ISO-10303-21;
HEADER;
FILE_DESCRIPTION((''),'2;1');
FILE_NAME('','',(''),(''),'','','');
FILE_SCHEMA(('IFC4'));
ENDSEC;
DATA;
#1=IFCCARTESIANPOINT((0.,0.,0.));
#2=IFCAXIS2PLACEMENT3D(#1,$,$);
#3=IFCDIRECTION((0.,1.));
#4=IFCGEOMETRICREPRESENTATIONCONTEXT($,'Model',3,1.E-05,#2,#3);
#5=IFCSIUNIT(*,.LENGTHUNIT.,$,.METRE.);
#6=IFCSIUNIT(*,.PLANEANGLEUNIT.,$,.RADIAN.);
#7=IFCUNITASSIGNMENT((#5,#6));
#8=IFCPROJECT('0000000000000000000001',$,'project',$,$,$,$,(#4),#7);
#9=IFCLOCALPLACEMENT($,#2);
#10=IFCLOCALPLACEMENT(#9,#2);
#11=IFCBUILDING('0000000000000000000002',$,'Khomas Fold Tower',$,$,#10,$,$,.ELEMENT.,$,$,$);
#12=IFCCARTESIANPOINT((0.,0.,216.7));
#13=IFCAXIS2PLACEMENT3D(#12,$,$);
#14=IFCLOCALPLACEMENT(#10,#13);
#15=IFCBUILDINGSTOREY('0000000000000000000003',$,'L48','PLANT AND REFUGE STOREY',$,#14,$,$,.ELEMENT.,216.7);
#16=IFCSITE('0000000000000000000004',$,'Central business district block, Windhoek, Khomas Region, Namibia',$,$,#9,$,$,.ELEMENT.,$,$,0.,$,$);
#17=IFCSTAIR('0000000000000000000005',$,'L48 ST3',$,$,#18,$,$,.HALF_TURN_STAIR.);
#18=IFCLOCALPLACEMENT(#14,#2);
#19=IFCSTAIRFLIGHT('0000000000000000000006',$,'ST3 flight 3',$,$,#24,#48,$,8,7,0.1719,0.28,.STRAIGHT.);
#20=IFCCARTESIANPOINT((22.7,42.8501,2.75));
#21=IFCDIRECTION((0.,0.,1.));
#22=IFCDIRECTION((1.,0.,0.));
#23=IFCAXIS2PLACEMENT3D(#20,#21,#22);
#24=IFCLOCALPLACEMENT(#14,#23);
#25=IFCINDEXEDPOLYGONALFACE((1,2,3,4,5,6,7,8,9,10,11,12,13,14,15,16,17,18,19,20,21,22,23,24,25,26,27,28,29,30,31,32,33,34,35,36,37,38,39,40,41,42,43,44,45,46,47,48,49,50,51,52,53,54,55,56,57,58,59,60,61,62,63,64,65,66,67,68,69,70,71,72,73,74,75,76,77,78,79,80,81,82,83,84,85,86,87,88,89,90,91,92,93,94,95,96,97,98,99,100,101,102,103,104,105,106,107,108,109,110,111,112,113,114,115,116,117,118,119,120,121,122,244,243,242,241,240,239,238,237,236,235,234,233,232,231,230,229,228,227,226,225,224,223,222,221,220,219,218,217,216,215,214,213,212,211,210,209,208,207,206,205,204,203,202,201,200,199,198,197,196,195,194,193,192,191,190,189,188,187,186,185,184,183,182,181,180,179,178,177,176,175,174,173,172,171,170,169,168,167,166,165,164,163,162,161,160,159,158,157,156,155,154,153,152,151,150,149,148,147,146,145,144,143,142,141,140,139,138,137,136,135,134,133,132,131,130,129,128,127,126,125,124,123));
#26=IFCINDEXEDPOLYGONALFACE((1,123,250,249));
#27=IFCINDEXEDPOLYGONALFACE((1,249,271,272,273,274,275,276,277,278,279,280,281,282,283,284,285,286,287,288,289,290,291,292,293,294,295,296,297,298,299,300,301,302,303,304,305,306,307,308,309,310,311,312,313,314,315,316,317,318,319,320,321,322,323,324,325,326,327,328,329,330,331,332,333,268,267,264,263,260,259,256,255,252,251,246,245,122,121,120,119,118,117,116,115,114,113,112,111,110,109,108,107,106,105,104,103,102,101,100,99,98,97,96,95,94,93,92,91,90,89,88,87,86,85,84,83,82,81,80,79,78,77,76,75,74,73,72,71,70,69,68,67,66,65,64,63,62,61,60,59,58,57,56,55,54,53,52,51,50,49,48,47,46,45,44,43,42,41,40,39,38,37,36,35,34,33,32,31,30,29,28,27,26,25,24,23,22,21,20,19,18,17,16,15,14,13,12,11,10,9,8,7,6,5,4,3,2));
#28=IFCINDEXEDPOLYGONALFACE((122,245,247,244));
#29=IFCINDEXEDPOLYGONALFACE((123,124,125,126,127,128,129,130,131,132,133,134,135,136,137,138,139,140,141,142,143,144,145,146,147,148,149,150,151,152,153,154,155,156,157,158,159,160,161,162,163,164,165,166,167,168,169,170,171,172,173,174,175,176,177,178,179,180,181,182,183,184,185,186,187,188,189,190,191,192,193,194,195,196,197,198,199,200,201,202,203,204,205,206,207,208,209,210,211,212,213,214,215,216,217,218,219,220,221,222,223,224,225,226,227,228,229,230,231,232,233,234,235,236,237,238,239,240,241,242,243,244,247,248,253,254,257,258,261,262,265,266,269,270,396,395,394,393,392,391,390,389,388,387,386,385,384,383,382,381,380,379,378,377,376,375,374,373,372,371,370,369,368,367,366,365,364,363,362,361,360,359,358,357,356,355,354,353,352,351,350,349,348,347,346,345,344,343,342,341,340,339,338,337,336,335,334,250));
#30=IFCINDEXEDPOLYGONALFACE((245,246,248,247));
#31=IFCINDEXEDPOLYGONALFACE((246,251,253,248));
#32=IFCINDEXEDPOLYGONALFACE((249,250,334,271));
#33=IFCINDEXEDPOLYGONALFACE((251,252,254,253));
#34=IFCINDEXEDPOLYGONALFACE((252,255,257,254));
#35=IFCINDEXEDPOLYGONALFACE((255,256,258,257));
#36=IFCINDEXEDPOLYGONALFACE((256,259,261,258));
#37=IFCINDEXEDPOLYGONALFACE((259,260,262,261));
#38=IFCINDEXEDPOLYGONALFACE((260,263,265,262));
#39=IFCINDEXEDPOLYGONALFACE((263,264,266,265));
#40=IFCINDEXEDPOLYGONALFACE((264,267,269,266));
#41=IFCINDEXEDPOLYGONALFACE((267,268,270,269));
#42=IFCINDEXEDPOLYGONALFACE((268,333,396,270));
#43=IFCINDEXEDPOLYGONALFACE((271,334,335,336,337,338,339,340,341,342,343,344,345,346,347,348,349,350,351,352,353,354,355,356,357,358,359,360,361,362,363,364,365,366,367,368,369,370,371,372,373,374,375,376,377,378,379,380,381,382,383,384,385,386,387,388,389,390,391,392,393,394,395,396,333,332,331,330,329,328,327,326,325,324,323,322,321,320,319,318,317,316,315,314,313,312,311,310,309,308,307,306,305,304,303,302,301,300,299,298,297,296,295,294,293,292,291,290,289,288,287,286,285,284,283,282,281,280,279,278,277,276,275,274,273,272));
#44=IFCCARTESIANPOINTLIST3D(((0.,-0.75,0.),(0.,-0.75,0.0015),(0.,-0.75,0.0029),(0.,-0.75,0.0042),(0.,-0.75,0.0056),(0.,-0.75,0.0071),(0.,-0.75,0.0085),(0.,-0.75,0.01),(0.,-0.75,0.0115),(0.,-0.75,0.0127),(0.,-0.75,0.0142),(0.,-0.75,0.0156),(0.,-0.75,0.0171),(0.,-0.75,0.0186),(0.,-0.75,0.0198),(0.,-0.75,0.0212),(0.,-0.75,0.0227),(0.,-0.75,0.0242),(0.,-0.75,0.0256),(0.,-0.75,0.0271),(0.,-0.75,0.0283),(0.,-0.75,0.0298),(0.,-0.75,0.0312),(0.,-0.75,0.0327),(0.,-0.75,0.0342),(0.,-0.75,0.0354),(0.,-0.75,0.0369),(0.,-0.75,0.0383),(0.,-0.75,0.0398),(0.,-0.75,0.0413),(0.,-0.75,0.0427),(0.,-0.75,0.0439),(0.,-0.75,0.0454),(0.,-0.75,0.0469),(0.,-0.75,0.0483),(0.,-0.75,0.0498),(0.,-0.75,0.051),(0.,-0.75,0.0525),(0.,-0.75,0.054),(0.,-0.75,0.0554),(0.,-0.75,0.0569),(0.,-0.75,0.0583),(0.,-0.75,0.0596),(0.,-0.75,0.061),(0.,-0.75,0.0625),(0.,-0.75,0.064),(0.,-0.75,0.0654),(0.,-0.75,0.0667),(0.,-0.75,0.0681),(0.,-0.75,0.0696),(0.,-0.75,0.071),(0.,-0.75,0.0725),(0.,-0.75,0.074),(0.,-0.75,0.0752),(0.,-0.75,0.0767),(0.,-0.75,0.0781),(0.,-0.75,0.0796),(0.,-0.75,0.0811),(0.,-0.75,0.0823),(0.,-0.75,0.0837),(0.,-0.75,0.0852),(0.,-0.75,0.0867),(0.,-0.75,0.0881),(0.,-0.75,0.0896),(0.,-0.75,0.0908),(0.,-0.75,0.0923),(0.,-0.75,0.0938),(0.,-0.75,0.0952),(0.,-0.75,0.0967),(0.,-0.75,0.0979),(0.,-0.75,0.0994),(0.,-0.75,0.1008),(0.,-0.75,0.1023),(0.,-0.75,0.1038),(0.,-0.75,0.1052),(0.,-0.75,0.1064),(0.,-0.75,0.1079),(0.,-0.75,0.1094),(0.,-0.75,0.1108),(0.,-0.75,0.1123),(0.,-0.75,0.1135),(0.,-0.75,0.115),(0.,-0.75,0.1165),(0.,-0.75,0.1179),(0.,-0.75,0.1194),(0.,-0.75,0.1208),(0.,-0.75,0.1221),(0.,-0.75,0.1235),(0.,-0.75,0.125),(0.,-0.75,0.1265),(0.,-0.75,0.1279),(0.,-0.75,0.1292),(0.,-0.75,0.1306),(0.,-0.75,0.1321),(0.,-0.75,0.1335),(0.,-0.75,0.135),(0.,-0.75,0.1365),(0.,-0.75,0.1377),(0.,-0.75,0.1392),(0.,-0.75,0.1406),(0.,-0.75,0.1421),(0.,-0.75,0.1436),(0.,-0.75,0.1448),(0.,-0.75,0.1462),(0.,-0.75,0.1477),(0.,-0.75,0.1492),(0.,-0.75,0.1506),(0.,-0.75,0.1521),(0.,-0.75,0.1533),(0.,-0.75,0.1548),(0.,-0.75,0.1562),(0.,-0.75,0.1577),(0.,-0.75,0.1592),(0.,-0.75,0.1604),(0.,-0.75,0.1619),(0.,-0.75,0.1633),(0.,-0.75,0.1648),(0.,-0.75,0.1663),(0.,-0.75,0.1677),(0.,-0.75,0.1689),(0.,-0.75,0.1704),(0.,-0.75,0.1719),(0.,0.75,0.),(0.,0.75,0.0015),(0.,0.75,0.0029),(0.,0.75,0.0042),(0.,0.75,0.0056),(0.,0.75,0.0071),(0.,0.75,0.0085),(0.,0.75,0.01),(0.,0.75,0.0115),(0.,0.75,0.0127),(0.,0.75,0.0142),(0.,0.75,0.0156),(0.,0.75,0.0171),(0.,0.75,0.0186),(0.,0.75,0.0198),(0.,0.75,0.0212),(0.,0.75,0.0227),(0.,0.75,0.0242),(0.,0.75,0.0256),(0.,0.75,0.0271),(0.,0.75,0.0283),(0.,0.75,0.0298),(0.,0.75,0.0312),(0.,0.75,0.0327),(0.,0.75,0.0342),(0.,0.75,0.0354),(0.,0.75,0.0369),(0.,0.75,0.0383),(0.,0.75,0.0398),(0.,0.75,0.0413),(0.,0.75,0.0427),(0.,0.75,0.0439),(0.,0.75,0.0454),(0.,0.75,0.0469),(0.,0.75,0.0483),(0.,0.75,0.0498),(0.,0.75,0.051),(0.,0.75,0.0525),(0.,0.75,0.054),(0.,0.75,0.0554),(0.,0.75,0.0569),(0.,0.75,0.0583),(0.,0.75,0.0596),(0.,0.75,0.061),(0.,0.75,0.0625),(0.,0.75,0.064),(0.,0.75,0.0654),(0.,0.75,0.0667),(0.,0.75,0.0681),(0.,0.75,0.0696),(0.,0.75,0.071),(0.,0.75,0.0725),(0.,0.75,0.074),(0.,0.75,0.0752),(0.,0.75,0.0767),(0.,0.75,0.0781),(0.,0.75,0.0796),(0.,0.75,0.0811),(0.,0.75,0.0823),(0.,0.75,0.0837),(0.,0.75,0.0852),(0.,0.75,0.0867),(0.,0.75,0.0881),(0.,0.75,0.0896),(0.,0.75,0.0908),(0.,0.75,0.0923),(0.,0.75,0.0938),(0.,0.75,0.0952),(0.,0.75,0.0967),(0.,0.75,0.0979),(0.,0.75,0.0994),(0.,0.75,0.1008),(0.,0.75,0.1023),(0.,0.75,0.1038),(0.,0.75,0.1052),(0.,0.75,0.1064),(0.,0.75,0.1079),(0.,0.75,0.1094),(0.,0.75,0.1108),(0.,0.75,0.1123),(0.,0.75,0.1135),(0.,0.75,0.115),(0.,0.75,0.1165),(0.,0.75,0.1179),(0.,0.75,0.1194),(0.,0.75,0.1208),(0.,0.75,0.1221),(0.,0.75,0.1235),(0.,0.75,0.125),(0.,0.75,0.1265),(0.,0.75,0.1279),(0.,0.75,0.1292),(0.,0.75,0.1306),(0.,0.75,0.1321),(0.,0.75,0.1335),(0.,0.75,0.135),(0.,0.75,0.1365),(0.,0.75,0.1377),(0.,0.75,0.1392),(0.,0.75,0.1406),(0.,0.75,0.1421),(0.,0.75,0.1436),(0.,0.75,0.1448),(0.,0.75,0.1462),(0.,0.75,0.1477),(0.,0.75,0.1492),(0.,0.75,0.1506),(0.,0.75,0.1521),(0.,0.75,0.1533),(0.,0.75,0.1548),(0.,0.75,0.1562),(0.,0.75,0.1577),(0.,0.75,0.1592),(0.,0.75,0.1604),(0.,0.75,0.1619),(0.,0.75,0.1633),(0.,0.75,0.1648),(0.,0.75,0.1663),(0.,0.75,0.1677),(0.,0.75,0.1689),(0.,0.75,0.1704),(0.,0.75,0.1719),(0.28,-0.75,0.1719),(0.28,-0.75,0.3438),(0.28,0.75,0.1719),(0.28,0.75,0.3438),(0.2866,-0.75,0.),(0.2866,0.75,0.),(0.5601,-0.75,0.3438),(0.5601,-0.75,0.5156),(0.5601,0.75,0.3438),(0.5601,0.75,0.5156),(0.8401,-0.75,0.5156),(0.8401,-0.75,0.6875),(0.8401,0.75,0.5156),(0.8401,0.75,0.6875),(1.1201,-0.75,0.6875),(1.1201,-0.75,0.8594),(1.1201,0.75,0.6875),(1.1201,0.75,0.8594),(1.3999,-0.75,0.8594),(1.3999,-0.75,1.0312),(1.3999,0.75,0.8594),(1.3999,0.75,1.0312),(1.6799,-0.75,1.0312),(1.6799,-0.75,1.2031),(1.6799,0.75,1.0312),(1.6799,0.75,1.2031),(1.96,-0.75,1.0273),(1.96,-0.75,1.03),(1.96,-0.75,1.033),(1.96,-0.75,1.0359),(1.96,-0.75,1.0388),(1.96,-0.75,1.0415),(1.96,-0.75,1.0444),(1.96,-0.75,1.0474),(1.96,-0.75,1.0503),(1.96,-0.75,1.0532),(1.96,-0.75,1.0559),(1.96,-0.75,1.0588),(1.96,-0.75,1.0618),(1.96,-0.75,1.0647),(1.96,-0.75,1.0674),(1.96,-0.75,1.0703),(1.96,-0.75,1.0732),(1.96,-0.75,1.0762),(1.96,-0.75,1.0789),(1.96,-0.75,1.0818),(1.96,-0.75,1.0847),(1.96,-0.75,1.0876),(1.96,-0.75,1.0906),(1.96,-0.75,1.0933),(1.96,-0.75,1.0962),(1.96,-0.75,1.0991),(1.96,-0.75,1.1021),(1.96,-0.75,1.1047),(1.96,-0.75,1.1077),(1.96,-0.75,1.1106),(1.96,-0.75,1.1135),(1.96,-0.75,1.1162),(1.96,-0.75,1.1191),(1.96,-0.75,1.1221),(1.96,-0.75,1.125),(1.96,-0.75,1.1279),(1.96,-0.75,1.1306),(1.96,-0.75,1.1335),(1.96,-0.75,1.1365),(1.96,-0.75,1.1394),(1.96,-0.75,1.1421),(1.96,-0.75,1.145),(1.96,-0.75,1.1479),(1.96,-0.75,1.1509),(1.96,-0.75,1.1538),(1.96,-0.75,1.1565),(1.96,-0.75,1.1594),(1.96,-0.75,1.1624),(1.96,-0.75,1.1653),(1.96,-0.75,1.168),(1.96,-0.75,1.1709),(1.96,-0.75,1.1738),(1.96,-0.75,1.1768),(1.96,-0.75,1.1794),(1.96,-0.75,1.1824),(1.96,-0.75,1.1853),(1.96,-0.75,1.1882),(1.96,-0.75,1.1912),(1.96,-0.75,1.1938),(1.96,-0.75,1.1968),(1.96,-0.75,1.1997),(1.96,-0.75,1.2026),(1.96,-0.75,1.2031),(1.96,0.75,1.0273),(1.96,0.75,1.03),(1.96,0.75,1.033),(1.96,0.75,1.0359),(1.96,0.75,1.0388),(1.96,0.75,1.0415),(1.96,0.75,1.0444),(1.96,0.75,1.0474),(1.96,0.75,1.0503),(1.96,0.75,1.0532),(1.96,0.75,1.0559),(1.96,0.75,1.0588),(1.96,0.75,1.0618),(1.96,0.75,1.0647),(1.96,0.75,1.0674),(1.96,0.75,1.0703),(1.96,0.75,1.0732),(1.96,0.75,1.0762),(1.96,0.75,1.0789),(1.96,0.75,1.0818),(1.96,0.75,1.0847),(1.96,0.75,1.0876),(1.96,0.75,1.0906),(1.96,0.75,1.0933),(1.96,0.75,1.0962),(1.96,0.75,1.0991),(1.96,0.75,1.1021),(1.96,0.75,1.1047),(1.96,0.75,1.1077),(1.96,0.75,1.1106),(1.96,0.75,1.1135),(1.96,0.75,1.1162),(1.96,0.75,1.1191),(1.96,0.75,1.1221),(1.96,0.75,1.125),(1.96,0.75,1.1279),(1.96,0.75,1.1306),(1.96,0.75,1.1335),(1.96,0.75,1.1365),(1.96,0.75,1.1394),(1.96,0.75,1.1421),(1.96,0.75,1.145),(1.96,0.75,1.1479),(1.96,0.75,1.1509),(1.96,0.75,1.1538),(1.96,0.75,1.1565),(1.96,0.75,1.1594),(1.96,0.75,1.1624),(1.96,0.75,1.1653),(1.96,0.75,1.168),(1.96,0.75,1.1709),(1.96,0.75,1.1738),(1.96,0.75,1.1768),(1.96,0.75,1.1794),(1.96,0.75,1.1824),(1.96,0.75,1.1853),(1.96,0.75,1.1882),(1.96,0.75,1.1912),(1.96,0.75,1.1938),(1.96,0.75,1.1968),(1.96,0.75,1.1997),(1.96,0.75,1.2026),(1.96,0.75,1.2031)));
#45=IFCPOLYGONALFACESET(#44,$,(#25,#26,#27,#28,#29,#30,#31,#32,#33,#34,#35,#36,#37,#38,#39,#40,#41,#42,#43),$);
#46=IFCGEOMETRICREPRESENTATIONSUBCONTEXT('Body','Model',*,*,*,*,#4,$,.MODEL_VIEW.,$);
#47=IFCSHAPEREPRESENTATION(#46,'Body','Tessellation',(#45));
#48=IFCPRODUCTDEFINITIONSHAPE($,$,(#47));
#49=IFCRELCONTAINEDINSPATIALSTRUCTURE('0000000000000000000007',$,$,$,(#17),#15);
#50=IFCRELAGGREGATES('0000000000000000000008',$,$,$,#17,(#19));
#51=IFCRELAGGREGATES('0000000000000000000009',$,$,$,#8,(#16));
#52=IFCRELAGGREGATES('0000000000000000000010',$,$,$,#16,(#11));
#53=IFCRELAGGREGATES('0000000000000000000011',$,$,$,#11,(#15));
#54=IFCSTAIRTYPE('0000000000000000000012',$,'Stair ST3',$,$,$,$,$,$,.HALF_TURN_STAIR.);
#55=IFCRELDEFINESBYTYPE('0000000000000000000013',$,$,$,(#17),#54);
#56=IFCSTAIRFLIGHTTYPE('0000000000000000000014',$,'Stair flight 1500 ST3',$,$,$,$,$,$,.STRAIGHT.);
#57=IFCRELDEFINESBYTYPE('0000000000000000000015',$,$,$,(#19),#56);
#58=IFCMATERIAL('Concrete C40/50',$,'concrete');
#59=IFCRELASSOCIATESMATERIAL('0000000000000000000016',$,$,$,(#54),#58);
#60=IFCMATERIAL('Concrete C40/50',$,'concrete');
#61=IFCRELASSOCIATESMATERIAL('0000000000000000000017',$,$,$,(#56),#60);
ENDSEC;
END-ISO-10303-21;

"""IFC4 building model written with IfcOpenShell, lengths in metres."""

from ifc_helpers import new_model, si_unit, direction, frame, origin, place, context, subcontext, project, spatial, polyline, outline, extrude, source, transform, mapped, material, type_object, element, aggregate, save


model = new_model("IFC4")

# Units and contexts
model_context = context("Model", 3, precision=1e-05, world=origin(), true_north=direction((0.0, 1.0)))
body_context = subcontext(model_context, "Body", "Model", "MODEL_VIEW")
ifc_project = project(units=[si_unit("LENGTHUNIT", "METRE"), si_unit("PLANEANGLEUNIT", "RADIAN")], contexts=[model_context])

# Site, building, storey
site_placement = place(None, origin())
site = spatial("IfcSite", under=ifc_project, at=site_placement, Name="Central business district block, Windhoek, Khomas Region, Namibia", CompositionType="ELEMENT", RefElevation=0.0)
building_placement = place(site_placement, origin())
building = spatial("IfcBuilding", under=site, at=building_placement, Name="Khomas Fold Tower", CompositionType="ELEMENT")
storey_placement = place(building_placement, frame((0.0, 0.0, 216.7)))
storey = spatial("IfcBuildingStorey", under=building, at=storey_placement, Name="L48", Description="PLANT AND REFUGE STOREY", CompositionType="ELEMENT", Elevation=216.7)

# Stair, stair flight
shared_shape_1 = source(origin(), body_context, "Body", "SweptSolid", [
    extrude(outline(polyline([(0.0, 0.0), (0.0, 0.0015), (0.0, 0.0029), (0.0, 0.0042), (0.0, 0.0056), (0.0, 0.0071), (0.0, 0.0085), (0.0, 0.01), (0.0, 0.0115), (0.0, 0.0127), (0.0, 0.0142), (0.0, 0.0156), (0.0, 0.0171), (0.0, 0.0186), (0.0, 0.0198), (0.0, 0.0212), (0.0, 0.0227), (0.0, 0.0242), (0.0, 0.0256), (0.0, 0.0271), (0.0, 0.0283), (0.0, 0.0298), (0.0, 0.0312), (0.0, 0.0327), (0.0, 0.0342), (0.0, 0.0354), (0.0, 0.0369), (0.0, 0.0383), (0.0, 0.0398), (0.0, 0.0413), (0.0, 0.0427), (0.0, 0.0439), (0.0, 0.0454), (0.0, 0.0469), (0.0, 0.0483), (0.0, 0.0498), (0.0, 0.051), (0.0, 0.0525), (0.0, 0.054), (0.0, 0.0554), (0.0, 0.0569), (0.0, 0.0583), (0.0, 0.0596), (0.0, 0.061), (0.0, 0.0625), (0.0, 0.064), (0.0, 0.0654), (0.0, 0.0667), (0.0, 0.0681), (0.0, 0.0696), (0.0, 0.071), (0.0, 0.0725), (0.0, 0.074), (0.0, 0.0752), (0.0, 0.0767), (0.0, 0.0781), (0.0, 0.0796), (0.0, 0.0811), (0.0, 0.0823), (0.0, 0.0837), (0.0, 0.0852), (0.0, 0.0867), (0.0, 0.0881), (0.0, 0.0896), (0.0, 0.0908), (0.0, 0.0923), (0.0, 0.0938), (0.0, 0.0952), (0.0, 0.0967), (0.0, 0.0979), (0.0, 0.0994), (0.0, 0.1008), (0.0, 0.1023), (0.0, 0.1038), (0.0, 0.1052), (0.0, 0.1064), (0.0, 0.1079), (0.0, 0.1094), (0.0, 0.1108), (0.0, 0.1123), (0.0, 0.1135), (0.0, 0.115), (0.0, 0.1165), (0.0, 0.1179), (0.0, 0.1194), (0.0, 0.1208), (0.0, 0.1221), (0.0, 0.1235), (0.0, 0.125), (0.0, 0.1265), (0.0, 0.1279), (0.0, 0.1292), (0.0, 0.1306), (0.0, 0.1321), (0.0, 0.1335), (0.0, 0.135), (0.0, 0.1365), (0.0, 0.1377), (0.0, 0.1392), (0.0, 0.1406), (0.0, 0.1421), (0.0, 0.1436), (0.0, 0.1448), (0.0, 0.1462), (0.0, 0.1477), (0.0, 0.1492), (0.0, 0.1506), (0.0, 0.1521), (0.0, 0.1533), (0.0, 0.1548), (0.0, 0.1562), (0.0, 0.1577), (0.0, 0.1592), (0.0, 0.1604), (0.0, 0.1619), (0.0, 0.1633), (0.0, 0.1648), (0.0, 0.1663), (0.0, 0.1677), (0.0, 0.1689), (0.0, 0.1704), (0.0, 0.1719), (0.28, 0.1719), (0.28, 0.3438), (0.5601, 0.3438), (0.5601, 0.5156), (0.8401, 0.5156), (0.8401, 0.6875), (1.1201, 0.6875), (1.1201, 0.8594), (1.3999, 0.8594), (1.3999, 1.0312), (1.6799, 1.0312), (1.6799, 1.2031), (1.96, 1.2031), (1.96, 1.375), (1.96, 1.3721), (1.96, 1.3691), (1.96, 1.3665), (1.96, 1.3635), (1.96, 1.3606), (1.96, 1.3577), (1.96, 1.355), (1.96, 1.3521), (1.96, 1.3491), (1.96, 1.3462), (1.96, 1.3435), (1.96, 1.3406), (1.96, 1.3376), (1.96, 1.3347), (1.96, 1.3318), (1.96, 1.3291), (1.96, 1.3262), (1.96, 1.3232), (1.96, 1.3203), (1.96, 1.3176), (1.96, 1.3147), (1.96, 1.3118), (1.96, 1.3088), (1.96, 1.3059), (1.96, 1.3032), (1.96, 1.3003), (1.96, 1.2974), (1.96, 1.2944), (1.96, 1.2917), (1.96, 1.2888), (1.96, 1.2859), (1.96, 1.283), (1.96, 1.2803), (1.96, 1.2773), (1.96, 1.2744), (1.96, 1.2715), (1.96, 1.2686), (1.96, 1.2659), (1.96, 1.2629), (1.96, 1.26), (1.96, 1.2571), (1.96, 1.2544), (1.96, 1.2515), (1.96, 1.2485), (1.96, 1.2456), (1.96, 1.2427), (1.96, 1.24), (1.96, 1.2371), (1.96, 1.2341), (1.96, 1.2312), (1.96, 1.2285), (1.96, 1.2256), (1.96, 1.2227), (1.96, 1.2197), (1.96, 1.217), (1.96, 1.2141), (1.96, 1.2112), (1.96, 1.2083), (1.96, 1.2053), (1.96, 1.2026), (1.96, 1.1997), (1.96, 1.1968), (1.96, 1.1938), (1.96, 1.1912), (1.96, 1.1882), (1.96, 1.1853), (1.96, 1.1824), (1.96, 1.1794), (1.96, 1.1768), (1.96, 1.1738), (1.96, 1.1709), (1.96, 1.168), (1.96, 1.1653), (1.96, 1.1624), (1.96, 1.1594), (1.96, 1.1565), (1.96, 1.1538), (1.96, 1.1509), (1.96, 1.1479), (1.96, 1.145), (1.96, 1.1421), (1.96, 1.1394), (1.96, 1.1365), (1.96, 1.1335), (1.96, 1.1306), (1.96, 1.1279), (1.96, 1.125), (1.96, 1.1221), (1.96, 1.1191), (1.96, 1.1162), (1.96, 1.1135), (1.96, 1.1106), (1.96, 1.1077), (1.96, 1.1047), (1.96, 1.1021), (1.96, 1.0991), (1.96, 1.0962), (1.96, 1.0933), (1.96, 1.0906), (1.96, 1.0876), (1.96, 1.0847), (1.96, 1.0818), (1.96, 1.0789), (1.96, 1.0762), (1.96, 1.0732), (1.96, 1.0703), (1.96, 1.0674), (1.96, 1.0647), (1.96, 1.0618), (1.96, 1.0588), (1.96, 1.0559), (1.96, 1.0532), (1.96, 1.0503), (1.96, 1.0474), (1.96, 1.0444), (1.96, 1.0415), (1.96, 1.0388), (1.96, 1.0359), (1.96, 1.033), (1.96, 1.03), (1.96, 1.0273), (0.2866, 0.0), (0.0, 0.0)])), frame((0.0, 0.75, 0.0), z_axis=(0.0, -1.0, 0.0), x_axis=(1.0, 0.0, 0.0)), (0.0, 0.0, 1.0), 1.5),
])
ifc_material_1 = material(Name="Concrete C40/50", Category="concrete")
stair_type_1 = type_object("IfcStairType", Name="Stair ST3", PredefinedType="HALF_TURN_STAIR", material=ifc_material_1)
stair_1_placement = place(storey_placement, origin())
stair_1 = element("IfcStair", 1, at=stair_1_placement, inside=storey, type_object=stair_type_1, Name="L48 ST3", PredefinedType="HALF_TURN_STAIR")
ifc_material_2 = material(Name="Concrete C40/50", Category="concrete")
stair_flight_type_1 = type_object("IfcStairFlightType", Name="Stair flight 1500 ST3", PredefinedType="STRAIGHT", material=ifc_material_2)
stair_flight_1_placement = place(storey_placement, frame((22.7, 42.8501, 2.75), z_axis=(0.0, 0.0, 1.0), x_axis=(1.0, 0.0, 0.0)))
stair_flight_1 = element("IfcStairFlight", 2, at=stair_flight_1_placement, type_object=stair_flight_type_1, Name="ST3 flight 3", NumberOfRisers=8, NumberOfTreads=7, PredefinedType="STRAIGHT", RiserHeight=0.1719, TreadLength=0.28, context=body_context, shape_type="MappedRepresentation", body=[
    mapped(shared_shape_1, transform((0.0, 0.0, 0.0))),
])
aggregate(stair_1, [stair_flight_1])

save(model, "model.ifc")
